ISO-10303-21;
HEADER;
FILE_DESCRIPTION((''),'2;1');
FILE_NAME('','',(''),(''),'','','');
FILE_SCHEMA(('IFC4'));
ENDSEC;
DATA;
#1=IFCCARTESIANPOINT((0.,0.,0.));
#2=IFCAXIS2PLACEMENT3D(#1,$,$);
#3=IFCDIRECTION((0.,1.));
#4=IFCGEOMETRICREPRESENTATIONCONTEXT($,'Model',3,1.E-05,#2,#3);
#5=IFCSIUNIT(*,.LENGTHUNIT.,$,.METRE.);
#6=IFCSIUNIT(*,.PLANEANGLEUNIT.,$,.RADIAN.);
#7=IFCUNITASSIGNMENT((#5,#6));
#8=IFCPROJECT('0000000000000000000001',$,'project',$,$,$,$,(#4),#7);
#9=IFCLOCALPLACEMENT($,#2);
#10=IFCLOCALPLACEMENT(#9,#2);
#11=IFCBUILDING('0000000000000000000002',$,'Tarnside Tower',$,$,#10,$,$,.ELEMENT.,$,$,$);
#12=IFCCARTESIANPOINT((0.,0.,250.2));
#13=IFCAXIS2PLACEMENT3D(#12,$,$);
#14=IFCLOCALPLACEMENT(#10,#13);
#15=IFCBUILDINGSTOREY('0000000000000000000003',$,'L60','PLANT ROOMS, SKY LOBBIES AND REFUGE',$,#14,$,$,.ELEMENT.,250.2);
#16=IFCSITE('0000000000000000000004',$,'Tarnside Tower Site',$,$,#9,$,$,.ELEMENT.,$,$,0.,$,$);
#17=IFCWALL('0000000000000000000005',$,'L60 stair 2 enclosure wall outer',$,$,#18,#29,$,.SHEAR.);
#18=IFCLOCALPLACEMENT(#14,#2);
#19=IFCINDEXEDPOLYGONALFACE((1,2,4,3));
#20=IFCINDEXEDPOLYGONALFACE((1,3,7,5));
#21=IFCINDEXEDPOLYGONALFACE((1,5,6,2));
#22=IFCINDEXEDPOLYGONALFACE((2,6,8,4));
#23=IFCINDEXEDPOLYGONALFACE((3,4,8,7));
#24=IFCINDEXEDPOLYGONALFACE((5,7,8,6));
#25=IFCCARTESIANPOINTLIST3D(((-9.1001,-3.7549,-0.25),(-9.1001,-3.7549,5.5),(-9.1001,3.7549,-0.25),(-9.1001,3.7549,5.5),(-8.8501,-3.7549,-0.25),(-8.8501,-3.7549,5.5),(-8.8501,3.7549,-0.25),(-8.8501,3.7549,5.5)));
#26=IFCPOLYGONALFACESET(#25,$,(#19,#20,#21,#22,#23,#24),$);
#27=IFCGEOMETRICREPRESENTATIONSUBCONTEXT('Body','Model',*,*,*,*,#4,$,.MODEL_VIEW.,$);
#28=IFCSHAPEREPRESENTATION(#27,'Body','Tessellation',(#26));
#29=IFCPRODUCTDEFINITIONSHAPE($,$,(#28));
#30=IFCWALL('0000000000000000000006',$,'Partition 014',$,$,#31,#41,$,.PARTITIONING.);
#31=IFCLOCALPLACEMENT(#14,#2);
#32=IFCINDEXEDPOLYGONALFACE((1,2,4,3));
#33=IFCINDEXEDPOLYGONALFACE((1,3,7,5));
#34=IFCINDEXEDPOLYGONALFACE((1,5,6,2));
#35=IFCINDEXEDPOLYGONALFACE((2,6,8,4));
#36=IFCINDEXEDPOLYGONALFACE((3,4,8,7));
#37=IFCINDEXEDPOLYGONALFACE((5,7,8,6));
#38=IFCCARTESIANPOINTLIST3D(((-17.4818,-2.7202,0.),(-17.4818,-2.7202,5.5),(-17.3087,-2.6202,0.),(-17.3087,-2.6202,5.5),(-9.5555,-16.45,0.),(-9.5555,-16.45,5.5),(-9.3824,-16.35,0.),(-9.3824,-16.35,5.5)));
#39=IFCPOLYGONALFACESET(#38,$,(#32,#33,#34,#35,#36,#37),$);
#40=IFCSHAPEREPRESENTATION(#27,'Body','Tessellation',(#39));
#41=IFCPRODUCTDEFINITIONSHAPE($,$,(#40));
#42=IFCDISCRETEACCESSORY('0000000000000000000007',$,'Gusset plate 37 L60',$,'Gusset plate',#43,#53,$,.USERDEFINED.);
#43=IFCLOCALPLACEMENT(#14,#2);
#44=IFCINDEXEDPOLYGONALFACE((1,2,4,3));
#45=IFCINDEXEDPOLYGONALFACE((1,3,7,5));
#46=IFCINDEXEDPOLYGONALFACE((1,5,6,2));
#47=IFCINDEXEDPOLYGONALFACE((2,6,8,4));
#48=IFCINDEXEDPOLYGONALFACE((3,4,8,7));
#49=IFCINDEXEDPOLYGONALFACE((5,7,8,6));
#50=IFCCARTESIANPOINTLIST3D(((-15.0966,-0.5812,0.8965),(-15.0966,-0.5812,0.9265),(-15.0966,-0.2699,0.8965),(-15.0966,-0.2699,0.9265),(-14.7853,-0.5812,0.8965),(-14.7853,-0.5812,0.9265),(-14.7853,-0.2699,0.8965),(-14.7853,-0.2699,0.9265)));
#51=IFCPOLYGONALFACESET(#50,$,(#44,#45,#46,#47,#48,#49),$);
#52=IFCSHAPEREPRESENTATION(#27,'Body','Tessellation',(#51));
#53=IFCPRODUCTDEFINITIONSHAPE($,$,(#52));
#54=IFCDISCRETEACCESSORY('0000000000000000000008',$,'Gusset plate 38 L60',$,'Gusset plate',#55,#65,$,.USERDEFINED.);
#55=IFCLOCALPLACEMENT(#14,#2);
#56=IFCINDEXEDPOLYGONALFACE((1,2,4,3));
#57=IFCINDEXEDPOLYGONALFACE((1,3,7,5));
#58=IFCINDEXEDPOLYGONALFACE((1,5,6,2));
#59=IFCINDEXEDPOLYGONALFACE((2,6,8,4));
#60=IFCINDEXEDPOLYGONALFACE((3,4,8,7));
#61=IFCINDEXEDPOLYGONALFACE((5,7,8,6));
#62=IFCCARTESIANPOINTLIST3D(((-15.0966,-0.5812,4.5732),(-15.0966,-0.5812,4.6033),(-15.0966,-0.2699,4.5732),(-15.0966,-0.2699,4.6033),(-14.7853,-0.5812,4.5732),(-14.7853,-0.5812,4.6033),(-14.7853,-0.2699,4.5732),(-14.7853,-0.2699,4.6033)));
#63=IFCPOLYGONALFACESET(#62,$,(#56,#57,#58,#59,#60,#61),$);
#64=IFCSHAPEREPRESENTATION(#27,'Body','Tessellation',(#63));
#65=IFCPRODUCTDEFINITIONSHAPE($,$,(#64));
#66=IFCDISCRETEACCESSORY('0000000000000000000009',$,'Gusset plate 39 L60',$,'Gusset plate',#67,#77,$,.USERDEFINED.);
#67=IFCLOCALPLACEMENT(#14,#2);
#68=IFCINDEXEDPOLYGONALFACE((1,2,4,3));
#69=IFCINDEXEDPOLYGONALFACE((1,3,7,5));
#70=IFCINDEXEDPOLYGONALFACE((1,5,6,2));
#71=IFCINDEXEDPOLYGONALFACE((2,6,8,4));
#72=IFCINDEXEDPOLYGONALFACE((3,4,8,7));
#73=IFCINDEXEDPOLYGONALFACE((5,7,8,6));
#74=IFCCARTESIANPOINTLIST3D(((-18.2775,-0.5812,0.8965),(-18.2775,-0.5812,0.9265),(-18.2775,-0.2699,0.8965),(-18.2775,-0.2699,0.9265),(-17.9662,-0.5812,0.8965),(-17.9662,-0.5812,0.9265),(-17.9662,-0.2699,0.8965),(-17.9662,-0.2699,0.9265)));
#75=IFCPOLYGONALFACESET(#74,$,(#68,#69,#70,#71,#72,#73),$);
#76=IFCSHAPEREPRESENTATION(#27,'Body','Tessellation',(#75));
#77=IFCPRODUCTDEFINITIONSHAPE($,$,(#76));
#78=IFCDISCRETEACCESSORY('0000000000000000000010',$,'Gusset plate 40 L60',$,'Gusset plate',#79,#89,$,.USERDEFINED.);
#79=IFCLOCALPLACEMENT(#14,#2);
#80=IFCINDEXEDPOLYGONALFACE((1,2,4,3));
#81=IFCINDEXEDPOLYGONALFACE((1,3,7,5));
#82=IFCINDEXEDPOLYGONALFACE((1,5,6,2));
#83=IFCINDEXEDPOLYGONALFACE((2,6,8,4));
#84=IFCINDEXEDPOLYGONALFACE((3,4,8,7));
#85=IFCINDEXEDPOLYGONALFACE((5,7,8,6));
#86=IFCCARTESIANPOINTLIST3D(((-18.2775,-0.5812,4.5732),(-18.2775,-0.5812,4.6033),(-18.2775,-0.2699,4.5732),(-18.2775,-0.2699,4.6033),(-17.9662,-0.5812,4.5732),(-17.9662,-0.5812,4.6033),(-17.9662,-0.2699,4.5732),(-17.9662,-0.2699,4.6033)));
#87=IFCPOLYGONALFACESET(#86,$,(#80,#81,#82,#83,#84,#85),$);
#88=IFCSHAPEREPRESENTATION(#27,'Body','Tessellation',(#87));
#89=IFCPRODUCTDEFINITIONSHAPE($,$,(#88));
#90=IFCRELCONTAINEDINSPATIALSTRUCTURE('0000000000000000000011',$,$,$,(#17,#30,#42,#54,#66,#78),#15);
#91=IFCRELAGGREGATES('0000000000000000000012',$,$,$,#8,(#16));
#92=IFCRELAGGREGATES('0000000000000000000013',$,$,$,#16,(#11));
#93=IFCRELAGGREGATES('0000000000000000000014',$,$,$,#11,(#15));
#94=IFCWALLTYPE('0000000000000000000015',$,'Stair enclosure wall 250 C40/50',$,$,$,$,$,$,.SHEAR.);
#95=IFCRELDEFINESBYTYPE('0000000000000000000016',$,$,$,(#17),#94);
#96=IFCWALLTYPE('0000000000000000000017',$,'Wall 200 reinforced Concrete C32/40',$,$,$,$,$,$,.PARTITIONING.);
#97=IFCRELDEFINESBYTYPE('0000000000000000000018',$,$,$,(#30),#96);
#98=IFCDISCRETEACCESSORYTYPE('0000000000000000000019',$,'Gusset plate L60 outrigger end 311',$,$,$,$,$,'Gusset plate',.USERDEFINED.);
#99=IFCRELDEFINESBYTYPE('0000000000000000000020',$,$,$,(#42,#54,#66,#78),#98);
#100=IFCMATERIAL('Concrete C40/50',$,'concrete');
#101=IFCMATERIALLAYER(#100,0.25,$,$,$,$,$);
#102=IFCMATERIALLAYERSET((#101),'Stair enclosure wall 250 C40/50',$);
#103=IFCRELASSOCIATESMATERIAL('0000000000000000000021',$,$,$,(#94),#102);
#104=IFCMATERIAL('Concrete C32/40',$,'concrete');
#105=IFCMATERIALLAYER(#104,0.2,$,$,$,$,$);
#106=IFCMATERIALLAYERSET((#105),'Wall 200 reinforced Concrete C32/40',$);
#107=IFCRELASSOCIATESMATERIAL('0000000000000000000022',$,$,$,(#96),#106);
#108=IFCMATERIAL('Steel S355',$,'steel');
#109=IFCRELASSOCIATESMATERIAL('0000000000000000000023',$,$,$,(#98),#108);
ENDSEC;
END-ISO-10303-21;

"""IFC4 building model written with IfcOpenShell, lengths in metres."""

from ifc_helpers import new_model, si_unit, direction, frame, frame_2d, origin, origin_2d, place, context, subcontext, project, spatial, rectangle, extrude, material, layer, layer_set, type_object, element, save


model = new_model("IFC4")

# Units and contexts
model_context = context("Model", 3, precision=1e-05, world=origin(), true_north=direction((0.0, 1.0)))
body_context = subcontext(model_context, "Body", "Model", "MODEL_VIEW")
ifc_project = project(units=[si_unit("LENGTHUNIT", "METRE"), si_unit("PLANEANGLEUNIT", "RADIAN")], contexts=[model_context])

# Site, building, storey
site_placement = place(None, origin())
site = spatial("IfcSite", under=ifc_project, at=site_placement, Name="Tarnside Tower Site", CompositionType="ELEMENT", RefElevation=0.0)
building_placement = place(site_placement, origin())
building = spatial("IfcBuilding", under=site, at=building_placement, Name="Tarnside Tower", CompositionType="ELEMENT")
storey_placement = place(building_placement, frame((0.0, 0.0, 250.2)))
storey = spatial("IfcBuildingStorey", under=building, at=storey_placement, Name="L60", Description="PLANT ROOMS, SKY LOBBIES AND REFUGE", CompositionType="ELEMENT", Elevation=250.2)

# Shared definitions
ifc_material_1 = material(Name="Steel S355", Category="steel")

# Walls
ifc_material_2 = material(Name="Concrete C40/50", Category="concrete")
ifc_layer_1 = layer(ifc_material_2, 0.25)
ifc_layer_set_1 = layer_set([ifc_layer_1], Name="Stair enclosure wall 250 C40/50")
wall_type_1 = type_object("IfcWallType", Name="Stair enclosure wall 250 C40/50", PredefinedType="SHEAR", material=ifc_layer_set_1)
wall_1_placement = place(storey_placement, frame((-8.9751, -3.7549, -0.25), z_axis=(0.0, 0.0, 1.0), x_axis=(0.0, 1.0, 0.0)))
element("IfcWall", 1, at=wall_1_placement, inside=storey, type_object=wall_type_1, Name="L60 stair 2 enclosure wall outer", PredefinedType="SHEAR", context=body_context, shape_type="SweptSolid", body=[
    extrude(rectangle(XDim=7.5098, YDim=0.25, at=frame_2d((3.7549, 0.0))), origin(), (0.0, 0.0, 1.0), 5.75),
])
ifc_material_3 = material(Name="Concrete C32/40", Category="concrete")
ifc_layer_2 = layer(ifc_material_3, 0.2)
ifc_layer_set_2 = layer_set([ifc_layer_2], Name="Wall 200 reinforced Concrete C32/40")
wall_type_2 = type_object("IfcWallType", Name="Wall 200 reinforced Concrete C32/40", PredefinedType="PARTITIONING", material=ifc_layer_set_2)
wall_2_placement = place(storey_placement, frame((-17.3953, -2.6702, 0.0), z_axis=(0.0, 0.0, 1.0), x_axis=(0.499972, -0.866042, 0.0)))
element("IfcWall", 2, at=wall_2_placement, inside=storey, type_object=wall_type_2, Name="Partition 014", PredefinedType="PARTITIONING", context=body_context, shape_type="SweptSolid", body=[
    extrude(rectangle(XDim=15.8535, YDim=0.2, at=frame_2d((7.9268, 0.0))), origin(), (0.0, 0.0, 1.0), 5.5),
])

# Discrete accessories
discrete_accessory_type = type_object("IfcDiscreteAccessoryType", Name="Gusset plate L60 outrigger end 311", ElementType="Gusset plate", PredefinedType="USERDEFINED", material=ifc_material_1)
for number, where, z_axis, x_axis, name in (
    (3, (-14.9409, -0.4255, 0.8965), (0.0, 0.0, 1.0), (1.0, 0.0, 0.0), "Gusset plate 37 L60"),
    (4, (-14.9409, -0.4255, 4.5732), (0.0, 0.0, 1.0), (1.0, 0.0, 0.0), "Gusset plate 38 L60"),
    (5, (-18.1218, -0.4255, 0.8965), (0.0, 0.0, 1.0), (1.0, 0.0, 0.0), "Gusset plate 39 L60"),
    (6, (-18.1218, -0.4255, 4.5732), (0.0, 0.0, 1.0), (1.0, 0.0, 0.0), "Gusset plate 40 L60"),
):
    element("IfcDiscreteAccessory", number, at=place(storey_placement, frame(where, z_axis=z_axis, x_axis=x_axis)), inside=storey, type_object=discrete_accessory_type, Name=name, ObjectType="Gusset plate", PredefinedType="USERDEFINED", context=body_context, shape_type="SweptSolid", body=[
        extrude(rectangle(XDim=0.3113, YDim=0.3113, at=origin_2d()), origin(), (0.0, 0.0, 1.0), 0.03),
    ])

save(model, "model.ifc")
